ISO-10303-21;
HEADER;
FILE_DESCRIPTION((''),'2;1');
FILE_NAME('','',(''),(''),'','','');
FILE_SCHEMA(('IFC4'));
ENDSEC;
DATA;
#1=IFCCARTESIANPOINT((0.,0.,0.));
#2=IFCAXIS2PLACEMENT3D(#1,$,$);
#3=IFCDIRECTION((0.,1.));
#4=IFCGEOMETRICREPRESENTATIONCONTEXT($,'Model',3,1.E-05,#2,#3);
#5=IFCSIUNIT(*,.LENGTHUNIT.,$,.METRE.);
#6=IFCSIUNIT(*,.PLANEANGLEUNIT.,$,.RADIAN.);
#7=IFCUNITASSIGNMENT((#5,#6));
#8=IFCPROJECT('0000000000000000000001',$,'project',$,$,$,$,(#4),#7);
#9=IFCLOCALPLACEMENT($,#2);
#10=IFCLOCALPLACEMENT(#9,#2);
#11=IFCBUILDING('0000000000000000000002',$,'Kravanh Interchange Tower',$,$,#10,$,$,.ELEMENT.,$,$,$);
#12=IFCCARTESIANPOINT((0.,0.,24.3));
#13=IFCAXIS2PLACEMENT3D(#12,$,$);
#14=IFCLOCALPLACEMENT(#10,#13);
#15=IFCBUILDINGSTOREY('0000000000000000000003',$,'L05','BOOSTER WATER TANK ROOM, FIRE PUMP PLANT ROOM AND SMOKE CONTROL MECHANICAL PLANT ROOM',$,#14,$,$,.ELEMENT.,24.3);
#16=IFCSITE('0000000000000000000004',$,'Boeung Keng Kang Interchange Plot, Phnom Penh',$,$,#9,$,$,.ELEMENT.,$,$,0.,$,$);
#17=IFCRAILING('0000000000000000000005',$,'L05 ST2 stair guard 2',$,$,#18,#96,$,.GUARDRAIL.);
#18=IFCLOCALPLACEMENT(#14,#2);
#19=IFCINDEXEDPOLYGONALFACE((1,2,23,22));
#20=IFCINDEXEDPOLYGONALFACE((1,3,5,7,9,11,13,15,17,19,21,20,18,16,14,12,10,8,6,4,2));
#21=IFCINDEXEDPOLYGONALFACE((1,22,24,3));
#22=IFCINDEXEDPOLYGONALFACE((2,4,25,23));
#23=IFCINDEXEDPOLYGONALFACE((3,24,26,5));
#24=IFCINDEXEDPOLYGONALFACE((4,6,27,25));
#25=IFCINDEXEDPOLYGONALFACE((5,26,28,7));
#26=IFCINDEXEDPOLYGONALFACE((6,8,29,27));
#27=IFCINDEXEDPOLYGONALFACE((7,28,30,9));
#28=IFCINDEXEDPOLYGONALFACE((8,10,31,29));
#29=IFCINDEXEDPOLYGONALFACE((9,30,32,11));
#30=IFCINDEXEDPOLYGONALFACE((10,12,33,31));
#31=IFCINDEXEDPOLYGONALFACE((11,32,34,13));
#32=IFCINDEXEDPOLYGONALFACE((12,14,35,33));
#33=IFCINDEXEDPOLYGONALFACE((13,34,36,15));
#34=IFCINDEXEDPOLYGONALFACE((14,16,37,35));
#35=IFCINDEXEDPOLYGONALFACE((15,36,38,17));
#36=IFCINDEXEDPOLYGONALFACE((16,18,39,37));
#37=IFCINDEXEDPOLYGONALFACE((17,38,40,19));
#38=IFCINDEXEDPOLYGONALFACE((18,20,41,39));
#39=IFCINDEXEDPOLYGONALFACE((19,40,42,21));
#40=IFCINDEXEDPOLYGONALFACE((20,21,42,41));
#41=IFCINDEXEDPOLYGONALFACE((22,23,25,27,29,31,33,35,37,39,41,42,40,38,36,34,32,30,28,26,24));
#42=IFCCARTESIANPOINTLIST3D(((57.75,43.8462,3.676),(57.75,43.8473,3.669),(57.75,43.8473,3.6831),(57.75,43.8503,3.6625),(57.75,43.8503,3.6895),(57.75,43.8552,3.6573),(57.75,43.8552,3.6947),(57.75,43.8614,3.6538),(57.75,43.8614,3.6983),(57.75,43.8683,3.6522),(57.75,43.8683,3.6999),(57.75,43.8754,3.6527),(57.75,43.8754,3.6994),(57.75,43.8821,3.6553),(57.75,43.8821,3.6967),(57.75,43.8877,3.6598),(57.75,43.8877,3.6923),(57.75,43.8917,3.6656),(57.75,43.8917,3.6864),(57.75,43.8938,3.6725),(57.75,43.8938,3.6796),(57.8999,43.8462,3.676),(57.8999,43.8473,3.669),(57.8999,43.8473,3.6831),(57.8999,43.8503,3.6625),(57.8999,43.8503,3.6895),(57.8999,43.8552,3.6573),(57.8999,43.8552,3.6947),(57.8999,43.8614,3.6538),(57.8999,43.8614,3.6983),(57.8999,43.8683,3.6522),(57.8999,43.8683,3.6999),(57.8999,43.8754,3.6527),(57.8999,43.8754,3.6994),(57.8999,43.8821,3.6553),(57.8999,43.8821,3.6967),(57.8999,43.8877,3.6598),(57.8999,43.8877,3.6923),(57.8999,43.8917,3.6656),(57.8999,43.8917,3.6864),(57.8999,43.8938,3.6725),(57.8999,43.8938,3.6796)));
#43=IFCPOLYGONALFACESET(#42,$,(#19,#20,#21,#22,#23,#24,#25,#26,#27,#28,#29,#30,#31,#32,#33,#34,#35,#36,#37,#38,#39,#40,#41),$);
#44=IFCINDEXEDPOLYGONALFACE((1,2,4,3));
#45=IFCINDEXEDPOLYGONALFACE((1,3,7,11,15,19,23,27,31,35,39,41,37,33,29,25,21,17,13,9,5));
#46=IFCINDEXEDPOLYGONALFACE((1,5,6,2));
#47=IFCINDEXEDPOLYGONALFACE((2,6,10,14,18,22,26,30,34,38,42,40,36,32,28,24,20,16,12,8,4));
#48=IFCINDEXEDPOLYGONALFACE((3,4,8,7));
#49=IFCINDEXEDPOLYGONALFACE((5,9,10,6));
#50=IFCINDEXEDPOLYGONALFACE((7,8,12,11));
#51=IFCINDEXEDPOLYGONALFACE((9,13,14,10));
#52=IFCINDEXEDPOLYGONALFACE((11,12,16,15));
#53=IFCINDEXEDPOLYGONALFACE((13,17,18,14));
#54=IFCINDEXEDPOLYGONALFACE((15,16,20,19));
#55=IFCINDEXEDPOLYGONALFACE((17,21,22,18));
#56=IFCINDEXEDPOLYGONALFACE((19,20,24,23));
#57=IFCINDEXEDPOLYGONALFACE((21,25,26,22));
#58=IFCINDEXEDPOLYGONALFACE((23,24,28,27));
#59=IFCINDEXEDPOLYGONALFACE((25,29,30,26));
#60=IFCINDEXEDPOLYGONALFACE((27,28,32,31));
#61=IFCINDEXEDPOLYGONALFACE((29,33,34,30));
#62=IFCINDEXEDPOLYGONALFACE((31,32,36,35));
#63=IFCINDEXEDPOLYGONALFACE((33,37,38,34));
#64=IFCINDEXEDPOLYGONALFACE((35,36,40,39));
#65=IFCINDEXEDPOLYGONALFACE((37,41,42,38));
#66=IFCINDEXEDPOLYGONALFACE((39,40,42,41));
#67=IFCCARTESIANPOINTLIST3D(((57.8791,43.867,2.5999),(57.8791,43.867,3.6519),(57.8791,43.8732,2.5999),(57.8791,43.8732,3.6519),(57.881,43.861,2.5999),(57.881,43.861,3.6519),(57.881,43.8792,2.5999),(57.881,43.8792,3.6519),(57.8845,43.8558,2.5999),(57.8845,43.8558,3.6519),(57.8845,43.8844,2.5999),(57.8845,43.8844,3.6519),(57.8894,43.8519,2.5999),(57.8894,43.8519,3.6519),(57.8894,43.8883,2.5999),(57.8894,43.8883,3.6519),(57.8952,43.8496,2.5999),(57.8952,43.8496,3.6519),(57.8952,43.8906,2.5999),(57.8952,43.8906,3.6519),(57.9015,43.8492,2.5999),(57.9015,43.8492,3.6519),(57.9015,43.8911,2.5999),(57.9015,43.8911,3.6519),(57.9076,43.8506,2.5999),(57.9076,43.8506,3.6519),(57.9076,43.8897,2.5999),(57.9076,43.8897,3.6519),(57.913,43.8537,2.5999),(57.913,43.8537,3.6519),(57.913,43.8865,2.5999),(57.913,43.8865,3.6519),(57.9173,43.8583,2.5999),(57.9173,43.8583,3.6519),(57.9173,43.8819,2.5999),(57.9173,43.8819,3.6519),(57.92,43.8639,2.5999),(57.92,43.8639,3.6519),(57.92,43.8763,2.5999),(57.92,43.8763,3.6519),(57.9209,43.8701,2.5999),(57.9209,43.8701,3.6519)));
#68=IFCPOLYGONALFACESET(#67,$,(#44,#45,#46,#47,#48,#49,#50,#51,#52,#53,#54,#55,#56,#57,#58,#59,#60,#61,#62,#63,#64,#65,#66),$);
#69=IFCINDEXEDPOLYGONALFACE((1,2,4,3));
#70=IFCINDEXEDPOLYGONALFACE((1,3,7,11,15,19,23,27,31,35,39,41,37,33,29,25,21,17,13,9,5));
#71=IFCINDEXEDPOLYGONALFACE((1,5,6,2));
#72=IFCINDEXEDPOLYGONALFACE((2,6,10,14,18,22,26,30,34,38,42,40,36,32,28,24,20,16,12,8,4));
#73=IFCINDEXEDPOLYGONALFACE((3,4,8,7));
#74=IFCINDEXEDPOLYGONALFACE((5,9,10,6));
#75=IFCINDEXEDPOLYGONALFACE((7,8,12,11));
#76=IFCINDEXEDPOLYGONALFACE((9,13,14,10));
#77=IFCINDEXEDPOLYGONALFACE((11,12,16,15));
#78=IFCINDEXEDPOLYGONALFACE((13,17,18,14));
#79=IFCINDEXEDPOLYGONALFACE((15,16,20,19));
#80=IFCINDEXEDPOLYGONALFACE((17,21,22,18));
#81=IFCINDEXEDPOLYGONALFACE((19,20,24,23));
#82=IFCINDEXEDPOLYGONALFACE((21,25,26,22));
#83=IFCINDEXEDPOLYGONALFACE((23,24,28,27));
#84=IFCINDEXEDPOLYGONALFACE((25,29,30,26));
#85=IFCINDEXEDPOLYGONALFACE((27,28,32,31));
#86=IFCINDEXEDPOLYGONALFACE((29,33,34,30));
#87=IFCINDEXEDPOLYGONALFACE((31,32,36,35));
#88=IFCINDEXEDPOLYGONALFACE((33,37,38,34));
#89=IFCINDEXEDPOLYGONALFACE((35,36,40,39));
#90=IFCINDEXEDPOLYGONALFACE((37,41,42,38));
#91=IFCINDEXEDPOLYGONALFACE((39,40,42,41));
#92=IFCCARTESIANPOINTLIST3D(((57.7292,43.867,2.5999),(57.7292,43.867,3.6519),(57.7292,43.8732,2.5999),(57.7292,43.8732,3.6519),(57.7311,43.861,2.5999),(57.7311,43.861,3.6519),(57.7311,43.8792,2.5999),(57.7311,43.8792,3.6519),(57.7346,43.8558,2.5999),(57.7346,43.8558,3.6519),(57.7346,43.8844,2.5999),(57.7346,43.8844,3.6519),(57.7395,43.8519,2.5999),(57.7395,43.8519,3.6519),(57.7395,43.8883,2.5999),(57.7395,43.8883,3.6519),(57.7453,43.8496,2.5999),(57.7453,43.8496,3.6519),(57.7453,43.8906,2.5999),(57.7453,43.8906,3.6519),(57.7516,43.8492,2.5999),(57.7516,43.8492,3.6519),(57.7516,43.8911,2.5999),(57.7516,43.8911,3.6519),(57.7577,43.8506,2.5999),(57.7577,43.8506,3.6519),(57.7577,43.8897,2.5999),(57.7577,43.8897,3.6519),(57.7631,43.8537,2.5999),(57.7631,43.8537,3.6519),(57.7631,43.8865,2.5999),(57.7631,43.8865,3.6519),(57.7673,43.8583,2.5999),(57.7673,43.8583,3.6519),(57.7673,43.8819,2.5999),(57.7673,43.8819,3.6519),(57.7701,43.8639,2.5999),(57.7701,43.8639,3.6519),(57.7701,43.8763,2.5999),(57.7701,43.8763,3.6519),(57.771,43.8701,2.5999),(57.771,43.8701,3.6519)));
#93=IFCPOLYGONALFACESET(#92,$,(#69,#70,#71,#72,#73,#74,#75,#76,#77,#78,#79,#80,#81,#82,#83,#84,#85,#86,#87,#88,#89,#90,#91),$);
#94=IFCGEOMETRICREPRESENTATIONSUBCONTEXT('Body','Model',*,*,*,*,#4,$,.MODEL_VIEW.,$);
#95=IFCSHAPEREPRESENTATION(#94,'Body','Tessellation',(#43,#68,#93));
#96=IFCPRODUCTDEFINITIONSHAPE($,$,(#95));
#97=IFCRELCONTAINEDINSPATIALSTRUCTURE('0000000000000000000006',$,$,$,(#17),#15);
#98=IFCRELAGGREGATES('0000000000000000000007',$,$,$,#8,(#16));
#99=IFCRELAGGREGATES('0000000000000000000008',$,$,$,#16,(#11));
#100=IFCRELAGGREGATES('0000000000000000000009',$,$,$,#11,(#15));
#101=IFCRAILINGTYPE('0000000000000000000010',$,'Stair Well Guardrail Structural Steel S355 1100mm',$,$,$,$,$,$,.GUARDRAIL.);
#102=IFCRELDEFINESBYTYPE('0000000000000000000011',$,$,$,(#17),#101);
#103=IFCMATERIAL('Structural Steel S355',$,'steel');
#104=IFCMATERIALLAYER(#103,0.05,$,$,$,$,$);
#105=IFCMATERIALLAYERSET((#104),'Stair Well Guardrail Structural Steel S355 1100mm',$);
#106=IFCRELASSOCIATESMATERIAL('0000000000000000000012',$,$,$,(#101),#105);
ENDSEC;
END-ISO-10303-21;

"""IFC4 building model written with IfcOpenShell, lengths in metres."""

from ifc_helpers import new_model, si_unit, direction, frame, origin, origin_2d, place, context, subcontext, project, spatial, circle, extrude, material, layer, layer_set, type_object, element, save


model = new_model("IFC4")

# Units and contexts
model_context = context("Model", 3, precision=1e-05, world=origin(), true_north=direction((0.0, 1.0)))
body_context = subcontext(model_context, "Body", "Model", "MODEL_VIEW")
ifc_project = project(units=[si_unit("LENGTHUNIT", "METRE"), si_unit("PLANEANGLEUNIT", "RADIAN")], contexts=[model_context])

# Site, building, storey
site_placement = place(None, origin())
site = spatial("IfcSite", under=ifc_project, at=site_placement, Name="Boeung Keng Kang Interchange Plot, Phnom Penh", CompositionType="ELEMENT", RefElevation=0.0)
building_placement = place(site_placement, origin())
building = spatial("IfcBuilding", under=site, at=building_placement, Name="Kravanh Interchange Tower", CompositionType="ELEMENT")
storey_placement = place(building_placement, frame((0.0, 0.0, 24.3)))
storey = spatial("IfcBuildingStorey", under=building, at=storey_placement, Name="L05", Description="BOOSTER WATER TANK ROOM, FIRE PUMP PLANT ROOM AND SMOKE CONTROL MECHANICAL PLANT ROOM", CompositionType="ELEMENT", Elevation=24.3)

# Railing
ifc_material_1 = material(Name="Structural Steel S355", Category="steel")
ifc_layer_1 = layer(ifc_material_1, 0.05)
ifc_layer_set_1 = layer_set([ifc_layer_1], Name="Stair Well Guardrail Structural Steel S355 1100mm")
railing_type_1 = type_object("IfcRailingType", Name="Stair Well Guardrail Structural Steel S355 1100mm", PredefinedType="GUARDRAIL", material=ifc_layer_set_1)
railing_1_placement = place(storey_placement, frame((57.8999, 43.8701, 2.5999)))
element("IfcRailing", 1, at=railing_1_placement, inside=storey, type_object=railing_type_1, Name="L05 ST2 stair guard 2", PredefinedType="GUARDRAIL", context=body_context, shape_type="SweptSolid", body=[
    extrude(circle(Radius=0.0239, at=origin_2d()), frame((0.0, 0.0, 1.0762), z_axis=(-1.0, 0.0, 0.0), x_axis=(0.0, -1.0, 0.0)), (0.0, 0.0, 1.0), 0.1499),
    extrude(circle(Radius=0.021, at=origin_2d()), origin(), (0.0, 0.0, 1.0), 1.052),
    extrude(circle(Radius=0.021, at=origin_2d()), frame((-0.1499, 0.0, 0.0)), (0.0, 0.0, 1.0), 1.052),
])

save(model, "model.ifc")
